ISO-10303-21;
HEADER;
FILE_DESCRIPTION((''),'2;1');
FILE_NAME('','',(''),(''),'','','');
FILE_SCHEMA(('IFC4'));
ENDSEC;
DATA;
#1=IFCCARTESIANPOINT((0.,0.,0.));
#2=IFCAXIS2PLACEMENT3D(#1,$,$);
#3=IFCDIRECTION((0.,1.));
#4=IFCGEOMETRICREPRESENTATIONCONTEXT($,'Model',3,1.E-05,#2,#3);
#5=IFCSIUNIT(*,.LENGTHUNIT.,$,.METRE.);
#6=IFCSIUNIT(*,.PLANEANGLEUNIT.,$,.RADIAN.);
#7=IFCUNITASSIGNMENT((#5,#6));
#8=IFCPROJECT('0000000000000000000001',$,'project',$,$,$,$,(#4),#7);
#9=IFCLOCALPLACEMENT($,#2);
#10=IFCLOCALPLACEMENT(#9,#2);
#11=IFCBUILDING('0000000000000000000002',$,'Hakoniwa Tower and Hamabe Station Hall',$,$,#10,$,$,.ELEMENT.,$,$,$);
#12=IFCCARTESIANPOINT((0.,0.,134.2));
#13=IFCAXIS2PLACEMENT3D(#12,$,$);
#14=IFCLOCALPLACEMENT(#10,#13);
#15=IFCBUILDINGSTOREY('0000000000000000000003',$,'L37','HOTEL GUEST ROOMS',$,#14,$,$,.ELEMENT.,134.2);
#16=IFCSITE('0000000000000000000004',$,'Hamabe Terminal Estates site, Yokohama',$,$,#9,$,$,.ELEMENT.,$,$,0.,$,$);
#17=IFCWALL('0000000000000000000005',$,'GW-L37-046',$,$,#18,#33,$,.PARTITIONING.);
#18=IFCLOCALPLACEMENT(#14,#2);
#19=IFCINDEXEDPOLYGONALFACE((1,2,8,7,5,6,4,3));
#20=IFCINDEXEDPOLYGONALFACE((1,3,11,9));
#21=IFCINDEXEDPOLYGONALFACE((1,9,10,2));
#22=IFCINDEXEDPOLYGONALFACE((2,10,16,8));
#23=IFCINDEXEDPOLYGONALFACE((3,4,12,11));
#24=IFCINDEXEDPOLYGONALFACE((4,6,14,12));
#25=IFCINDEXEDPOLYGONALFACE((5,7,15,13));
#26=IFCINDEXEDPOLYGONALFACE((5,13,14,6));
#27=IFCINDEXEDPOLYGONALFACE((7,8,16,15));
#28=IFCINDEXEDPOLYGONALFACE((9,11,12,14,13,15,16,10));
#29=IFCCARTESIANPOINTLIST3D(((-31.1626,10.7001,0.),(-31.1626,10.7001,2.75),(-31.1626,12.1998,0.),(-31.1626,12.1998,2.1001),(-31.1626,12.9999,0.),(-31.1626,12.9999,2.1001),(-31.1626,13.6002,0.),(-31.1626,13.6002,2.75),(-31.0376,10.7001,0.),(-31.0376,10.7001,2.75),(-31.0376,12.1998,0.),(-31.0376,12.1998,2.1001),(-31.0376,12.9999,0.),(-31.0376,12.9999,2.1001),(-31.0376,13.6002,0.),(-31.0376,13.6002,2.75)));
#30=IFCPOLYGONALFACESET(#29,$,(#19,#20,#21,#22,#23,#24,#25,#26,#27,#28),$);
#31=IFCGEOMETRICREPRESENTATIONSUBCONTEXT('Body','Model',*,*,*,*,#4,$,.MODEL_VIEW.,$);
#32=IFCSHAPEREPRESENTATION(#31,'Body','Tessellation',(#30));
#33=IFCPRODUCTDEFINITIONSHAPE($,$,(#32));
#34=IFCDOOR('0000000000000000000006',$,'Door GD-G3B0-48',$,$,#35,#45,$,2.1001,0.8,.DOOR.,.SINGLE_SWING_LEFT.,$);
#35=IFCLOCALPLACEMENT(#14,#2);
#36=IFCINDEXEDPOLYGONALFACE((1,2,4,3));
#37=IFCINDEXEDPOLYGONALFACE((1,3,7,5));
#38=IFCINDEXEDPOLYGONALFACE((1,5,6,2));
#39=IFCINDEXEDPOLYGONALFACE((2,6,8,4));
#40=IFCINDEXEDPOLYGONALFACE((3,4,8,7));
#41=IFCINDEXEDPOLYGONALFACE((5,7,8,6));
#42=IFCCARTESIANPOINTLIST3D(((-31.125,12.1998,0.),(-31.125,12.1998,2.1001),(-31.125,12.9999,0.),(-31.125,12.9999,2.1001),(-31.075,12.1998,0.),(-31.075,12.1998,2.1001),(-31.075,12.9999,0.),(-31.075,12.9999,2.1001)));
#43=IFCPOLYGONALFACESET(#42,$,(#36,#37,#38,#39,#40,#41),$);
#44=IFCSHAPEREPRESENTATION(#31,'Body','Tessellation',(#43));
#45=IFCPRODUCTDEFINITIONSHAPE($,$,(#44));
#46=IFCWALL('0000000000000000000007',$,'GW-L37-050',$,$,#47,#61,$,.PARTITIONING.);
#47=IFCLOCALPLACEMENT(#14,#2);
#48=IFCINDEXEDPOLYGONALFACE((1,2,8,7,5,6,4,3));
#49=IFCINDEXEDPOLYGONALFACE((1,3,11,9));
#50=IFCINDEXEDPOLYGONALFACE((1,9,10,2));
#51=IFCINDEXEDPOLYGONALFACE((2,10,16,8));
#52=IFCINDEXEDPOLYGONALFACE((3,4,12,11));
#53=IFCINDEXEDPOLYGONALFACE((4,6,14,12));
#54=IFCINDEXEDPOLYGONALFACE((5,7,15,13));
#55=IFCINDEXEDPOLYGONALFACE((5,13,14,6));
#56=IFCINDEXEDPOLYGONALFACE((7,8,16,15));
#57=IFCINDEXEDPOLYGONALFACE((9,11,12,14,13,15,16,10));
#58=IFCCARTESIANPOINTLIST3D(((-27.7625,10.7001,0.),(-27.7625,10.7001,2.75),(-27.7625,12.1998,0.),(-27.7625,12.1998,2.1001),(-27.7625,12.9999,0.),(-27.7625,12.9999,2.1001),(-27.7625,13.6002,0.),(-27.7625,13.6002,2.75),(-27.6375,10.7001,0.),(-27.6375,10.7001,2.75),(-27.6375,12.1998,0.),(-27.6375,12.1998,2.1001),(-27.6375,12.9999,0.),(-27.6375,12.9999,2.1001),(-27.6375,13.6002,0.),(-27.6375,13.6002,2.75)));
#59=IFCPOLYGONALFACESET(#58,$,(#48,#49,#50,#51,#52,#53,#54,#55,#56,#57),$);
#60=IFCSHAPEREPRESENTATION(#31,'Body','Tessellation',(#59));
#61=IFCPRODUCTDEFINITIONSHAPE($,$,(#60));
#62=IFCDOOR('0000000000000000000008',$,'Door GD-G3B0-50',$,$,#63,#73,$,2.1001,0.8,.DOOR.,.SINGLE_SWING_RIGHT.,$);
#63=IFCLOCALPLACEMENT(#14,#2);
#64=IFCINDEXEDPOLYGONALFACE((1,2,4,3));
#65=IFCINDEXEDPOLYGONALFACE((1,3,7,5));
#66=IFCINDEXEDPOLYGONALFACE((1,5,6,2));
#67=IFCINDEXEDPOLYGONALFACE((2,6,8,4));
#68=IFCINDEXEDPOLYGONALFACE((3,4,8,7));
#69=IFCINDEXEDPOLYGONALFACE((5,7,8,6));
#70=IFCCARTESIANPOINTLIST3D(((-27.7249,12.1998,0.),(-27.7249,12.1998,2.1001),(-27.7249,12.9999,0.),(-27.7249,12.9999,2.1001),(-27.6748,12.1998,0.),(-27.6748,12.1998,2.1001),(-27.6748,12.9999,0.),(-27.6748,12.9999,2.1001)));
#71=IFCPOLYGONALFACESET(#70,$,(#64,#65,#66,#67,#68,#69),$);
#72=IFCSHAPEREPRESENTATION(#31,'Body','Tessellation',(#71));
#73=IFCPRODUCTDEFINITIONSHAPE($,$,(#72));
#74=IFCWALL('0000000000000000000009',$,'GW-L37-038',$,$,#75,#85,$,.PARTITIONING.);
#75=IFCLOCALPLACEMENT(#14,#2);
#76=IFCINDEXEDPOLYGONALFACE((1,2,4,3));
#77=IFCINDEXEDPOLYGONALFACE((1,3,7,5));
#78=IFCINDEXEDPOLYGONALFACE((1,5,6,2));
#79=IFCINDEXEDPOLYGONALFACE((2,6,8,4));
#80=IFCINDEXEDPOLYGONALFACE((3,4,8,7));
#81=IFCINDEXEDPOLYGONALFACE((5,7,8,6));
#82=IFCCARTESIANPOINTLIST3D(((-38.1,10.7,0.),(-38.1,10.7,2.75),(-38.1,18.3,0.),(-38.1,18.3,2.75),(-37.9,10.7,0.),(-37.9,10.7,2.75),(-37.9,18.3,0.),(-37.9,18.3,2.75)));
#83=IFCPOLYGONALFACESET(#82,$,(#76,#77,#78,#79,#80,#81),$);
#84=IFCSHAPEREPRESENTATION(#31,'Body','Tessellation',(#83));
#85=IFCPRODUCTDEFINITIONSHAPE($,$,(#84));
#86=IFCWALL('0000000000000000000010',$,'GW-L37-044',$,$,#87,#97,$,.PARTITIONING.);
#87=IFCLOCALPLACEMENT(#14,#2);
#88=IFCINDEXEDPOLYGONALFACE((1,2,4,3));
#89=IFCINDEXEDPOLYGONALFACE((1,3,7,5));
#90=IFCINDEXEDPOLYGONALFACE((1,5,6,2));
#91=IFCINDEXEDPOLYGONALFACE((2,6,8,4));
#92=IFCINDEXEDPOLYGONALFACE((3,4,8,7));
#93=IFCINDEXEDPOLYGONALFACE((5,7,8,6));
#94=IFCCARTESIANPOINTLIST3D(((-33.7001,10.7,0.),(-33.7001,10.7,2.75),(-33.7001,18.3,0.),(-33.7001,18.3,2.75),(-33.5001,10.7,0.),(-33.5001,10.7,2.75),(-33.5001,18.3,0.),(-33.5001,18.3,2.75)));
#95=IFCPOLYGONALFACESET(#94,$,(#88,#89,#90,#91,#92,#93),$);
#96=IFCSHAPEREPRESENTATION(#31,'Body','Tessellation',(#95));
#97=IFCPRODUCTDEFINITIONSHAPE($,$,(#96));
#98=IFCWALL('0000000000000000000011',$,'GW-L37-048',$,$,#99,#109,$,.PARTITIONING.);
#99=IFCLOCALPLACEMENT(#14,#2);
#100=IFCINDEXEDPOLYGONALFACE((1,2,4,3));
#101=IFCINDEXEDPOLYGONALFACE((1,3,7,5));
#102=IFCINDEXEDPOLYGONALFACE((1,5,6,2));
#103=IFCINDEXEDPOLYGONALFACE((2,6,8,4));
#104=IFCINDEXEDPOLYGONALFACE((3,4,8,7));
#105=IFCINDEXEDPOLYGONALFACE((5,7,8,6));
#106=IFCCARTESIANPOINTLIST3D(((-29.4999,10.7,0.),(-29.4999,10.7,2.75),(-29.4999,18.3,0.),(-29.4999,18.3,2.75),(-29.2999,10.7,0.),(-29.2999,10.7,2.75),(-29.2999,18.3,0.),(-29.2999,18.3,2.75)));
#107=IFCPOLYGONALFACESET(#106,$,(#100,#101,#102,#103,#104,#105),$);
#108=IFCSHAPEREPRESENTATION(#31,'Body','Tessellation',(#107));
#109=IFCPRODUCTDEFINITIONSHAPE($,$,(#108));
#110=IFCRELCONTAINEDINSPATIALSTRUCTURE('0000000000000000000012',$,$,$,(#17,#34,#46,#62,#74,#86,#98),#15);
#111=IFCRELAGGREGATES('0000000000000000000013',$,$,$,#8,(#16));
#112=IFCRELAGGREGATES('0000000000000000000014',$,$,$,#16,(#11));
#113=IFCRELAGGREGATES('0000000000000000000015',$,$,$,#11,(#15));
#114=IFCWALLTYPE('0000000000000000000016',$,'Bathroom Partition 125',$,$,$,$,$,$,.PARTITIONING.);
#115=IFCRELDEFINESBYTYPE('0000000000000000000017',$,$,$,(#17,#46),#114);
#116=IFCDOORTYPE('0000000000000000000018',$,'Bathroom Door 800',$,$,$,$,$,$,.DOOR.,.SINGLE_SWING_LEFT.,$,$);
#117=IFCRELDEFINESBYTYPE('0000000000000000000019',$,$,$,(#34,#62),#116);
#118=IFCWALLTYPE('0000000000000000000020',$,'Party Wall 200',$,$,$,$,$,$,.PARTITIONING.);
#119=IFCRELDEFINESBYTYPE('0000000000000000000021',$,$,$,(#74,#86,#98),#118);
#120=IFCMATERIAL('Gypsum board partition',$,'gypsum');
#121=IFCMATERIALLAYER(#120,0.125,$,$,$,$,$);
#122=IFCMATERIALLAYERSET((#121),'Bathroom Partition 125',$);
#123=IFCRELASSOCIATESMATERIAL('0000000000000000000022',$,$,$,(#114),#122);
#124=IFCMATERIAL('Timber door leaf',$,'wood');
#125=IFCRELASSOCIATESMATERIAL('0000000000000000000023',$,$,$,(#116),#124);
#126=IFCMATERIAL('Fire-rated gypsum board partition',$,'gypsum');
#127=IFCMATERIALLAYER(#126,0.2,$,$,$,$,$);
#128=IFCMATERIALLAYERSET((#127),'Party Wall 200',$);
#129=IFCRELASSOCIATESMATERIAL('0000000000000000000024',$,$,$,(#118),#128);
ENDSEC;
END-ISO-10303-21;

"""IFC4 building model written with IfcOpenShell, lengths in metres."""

from ifc_helpers import new_model, si_unit, direction, frame, frame_2d, origin, place, context, subcontext, project, spatial, rectangle, extrude, material, layer, layer_set, type_object, element, fill, save


model = new_model("IFC4")

# Units and contexts
model_context = context("Model", 3, precision=1e-05, world=origin(), true_north=direction((0.0, 1.0)))
body_context = subcontext(model_context, "Body", "Model", "MODEL_VIEW")
ifc_project = project(units=[si_unit("LENGTHUNIT", "METRE"), si_unit("PLANEANGLEUNIT", "RADIAN")], contexts=[model_context])

# Site, building, storey
site_placement = place(None, origin())
site = spatial("IfcSite", under=ifc_project, at=site_placement, Name="Hamabe Terminal Estates site, Yokohama", CompositionType="ELEMENT", RefElevation=0.0)
building_placement = place(site_placement, origin())
building = spatial("IfcBuilding", under=site, at=building_placement, Name="Hakoniwa Tower and Hamabe Station Hall", CompositionType="ELEMENT")
storey_placement = place(building_placement, frame((0.0, 0.0, 134.2)))
storey = spatial("IfcBuildingStorey", under=building, at=storey_placement, Name="L37", Description="HOTEL GUEST ROOMS", CompositionType="ELEMENT", Elevation=134.2)

# Shared definitions
ifc_material_1 = material(Name="Gypsum board partition", Category="gypsum")
ifc_layer_1 = layer(ifc_material_1, 0.125)
ifc_layer_set_1 = layer_set([ifc_layer_1], Name="Bathroom Partition 125")
wall_type_1 = type_object("IfcWallType", Name="Bathroom Partition 125", PredefinedType="PARTITIONING", material=ifc_layer_set_1)

# Walls, openings, doors
ifc_material_2 = material(Name="Timber door leaf", Category="wood")
door_type = type_object("IfcDoorType", Name="Bathroom Door 800", OperationType="SINGLE_SWING_LEFT", PredefinedType="DOOR", material=ifc_material_2)
wall_1_placement = place(storey_placement, frame((-31.1001, 10.7, 0.0), z_axis=(0.0, 0.0, 1.0), x_axis=(0.0, 1.0, 0.0)))
wall_1 = element("IfcWall", 1, at=wall_1_placement, inside=storey, type_object=wall_type_1, Name="GW-L37-046", PredefinedType="PARTITIONING", context=body_context, shape_type="SweptSolid", body=[
    extrude(rectangle(XDim=2.9001, YDim=0.125, at=frame_2d((1.4502, 0.0))), origin(), (0.0, 0.0, 1.0), 2.75),
])
opening_1_placement = place(wall_1_placement, frame((1.5, 0.0, 0.0)))
opening_1 = element("IfcOpeningElement", 2, at=opening_1_placement, cuts=wall_1, PredefinedType="OPENING", context=body_context, shape_type="SweptSolid", body=[
    extrude(rectangle(XDim=0.8, YDim=2.1001, at=frame_2d((0.3999, 1.05))), frame((0.0, 0.0725, 0.0), z_axis=(0.0, -1.0, 0.0), x_axis=(1.0, 0.0, 0.0)), (0.0, 0.0, 1.0), 0.145),
])
door_1_placement = place(opening_1_placement, origin())
door_1 = element("IfcDoor", 3, at=door_1_placement, inside=storey, type_object=door_type, Name="Door GD-G3B0-48", OperationType="SINGLE_SWING_LEFT", OverallHeight=2.1001, OverallWidth=0.8, PredefinedType="DOOR", context=body_context, shape_type="SweptSolid", body=[
    extrude(rectangle(XDim=0.8, YDim=2.1001, at=frame_2d((0.3999, 1.05))), frame((0.0, 0.0249, 0.0), z_axis=(0.0, -1.0, 0.0), x_axis=(1.0, 0.0, 0.0)), (0.0, 0.0, 1.0), 0.05),
])
fill(opening_1, door_1)
wall_2_placement = place(storey_placement, frame((-27.7, 10.7, 0.0), z_axis=(0.0, 0.0, 1.0), x_axis=(0.0, 1.0, 0.0)))
wall_2 = element("IfcWall", 4, at=wall_2_placement, inside=storey, type_object=wall_type_1, Name="GW-L37-050", PredefinedType="PARTITIONING", context=body_context, shape_type="SweptSolid", body=[
    extrude(rectangle(XDim=2.9001, YDim=0.125, at=frame_2d((1.4502, 0.0))), origin(), (0.0, 0.0, 1.0), 2.75),
])
opening_2_placement = place(wall_2_placement, frame((1.5, 0.0, 0.0)))
opening_2 = element("IfcOpeningElement", 5, at=opening_2_placement, cuts=wall_2, PredefinedType="OPENING", context=body_context, shape_type="SweptSolid", body=[
    extrude(rectangle(XDim=0.8, YDim=2.1001, at=frame_2d((0.3999, 1.05))), frame((0.0, 0.0725, 0.0), z_axis=(0.0, -1.0, 0.0), x_axis=(1.0, 0.0, 0.0)), (0.0, 0.0, 1.0), 0.145),
])
door_2_placement = place(opening_2_placement, origin())
door_2 = element("IfcDoor", 6, at=door_2_placement, inside=storey, type_object=door_type, Name="Door GD-G3B0-50", OperationType="SINGLE_SWING_RIGHT", OverallHeight=2.1001, OverallWidth=0.8, PredefinedType="DOOR", context=body_context, shape_type="SweptSolid", body=[
    extrude(rectangle(XDim=0.8, YDim=2.1001, at=frame_2d((0.3999, 1.05))), frame((0.0, 0.0249, 0.0), z_axis=(0.0, -1.0, 0.0), x_axis=(1.0, 0.0, 0.0)), (0.0, 0.0, 1.0), 0.05),
])
fill(opening_2, door_2)

# Walls
ifc_material_3 = material(Name="Fire-rated gypsum board partition", Category="gypsum")
ifc_layer_2 = layer(ifc_material_3, 0.2)
ifc_layer_set_2 = layer_set([ifc_layer_2], Name="Party Wall 200")
wall_type_2 = type_object("IfcWallType", Name="Party Wall 200", PredefinedType="PARTITIONING", material=ifc_layer_set_2)
for number, where, z_axis, x_axis, name in (
    (7, (-38.0, 10.7, 0.0), (0.0, 0.0, 1.0), (0.0, 1.0, 0.0), "GW-L37-038"),
    (8, (-33.6001, 10.7, 0.0), (0.0, 0.0, 1.0), (0.0, 1.0, 0.0), "GW-L37-044"),
    (9, (-29.3999, 10.7, 0.0), (0.0, 0.0, 1.0), (0.0, 1.0, 0.0), "GW-L37-048"),
):
    element("IfcWall", number, at=place(storey_placement, frame(where, z_axis=z_axis, x_axis=x_axis)), inside=storey, type_object=wall_type_2, Name=name, PredefinedType="PARTITIONING", context=body_context, shape_type="SweptSolid", body=[
        extrude(rectangle(XDim=7.6001, YDim=0.2, at=frame_2d((3.8, 0.0))), origin(), (0.0, 0.0, 1.0), 2.75),
    ])

save(model, "model.ifc")
